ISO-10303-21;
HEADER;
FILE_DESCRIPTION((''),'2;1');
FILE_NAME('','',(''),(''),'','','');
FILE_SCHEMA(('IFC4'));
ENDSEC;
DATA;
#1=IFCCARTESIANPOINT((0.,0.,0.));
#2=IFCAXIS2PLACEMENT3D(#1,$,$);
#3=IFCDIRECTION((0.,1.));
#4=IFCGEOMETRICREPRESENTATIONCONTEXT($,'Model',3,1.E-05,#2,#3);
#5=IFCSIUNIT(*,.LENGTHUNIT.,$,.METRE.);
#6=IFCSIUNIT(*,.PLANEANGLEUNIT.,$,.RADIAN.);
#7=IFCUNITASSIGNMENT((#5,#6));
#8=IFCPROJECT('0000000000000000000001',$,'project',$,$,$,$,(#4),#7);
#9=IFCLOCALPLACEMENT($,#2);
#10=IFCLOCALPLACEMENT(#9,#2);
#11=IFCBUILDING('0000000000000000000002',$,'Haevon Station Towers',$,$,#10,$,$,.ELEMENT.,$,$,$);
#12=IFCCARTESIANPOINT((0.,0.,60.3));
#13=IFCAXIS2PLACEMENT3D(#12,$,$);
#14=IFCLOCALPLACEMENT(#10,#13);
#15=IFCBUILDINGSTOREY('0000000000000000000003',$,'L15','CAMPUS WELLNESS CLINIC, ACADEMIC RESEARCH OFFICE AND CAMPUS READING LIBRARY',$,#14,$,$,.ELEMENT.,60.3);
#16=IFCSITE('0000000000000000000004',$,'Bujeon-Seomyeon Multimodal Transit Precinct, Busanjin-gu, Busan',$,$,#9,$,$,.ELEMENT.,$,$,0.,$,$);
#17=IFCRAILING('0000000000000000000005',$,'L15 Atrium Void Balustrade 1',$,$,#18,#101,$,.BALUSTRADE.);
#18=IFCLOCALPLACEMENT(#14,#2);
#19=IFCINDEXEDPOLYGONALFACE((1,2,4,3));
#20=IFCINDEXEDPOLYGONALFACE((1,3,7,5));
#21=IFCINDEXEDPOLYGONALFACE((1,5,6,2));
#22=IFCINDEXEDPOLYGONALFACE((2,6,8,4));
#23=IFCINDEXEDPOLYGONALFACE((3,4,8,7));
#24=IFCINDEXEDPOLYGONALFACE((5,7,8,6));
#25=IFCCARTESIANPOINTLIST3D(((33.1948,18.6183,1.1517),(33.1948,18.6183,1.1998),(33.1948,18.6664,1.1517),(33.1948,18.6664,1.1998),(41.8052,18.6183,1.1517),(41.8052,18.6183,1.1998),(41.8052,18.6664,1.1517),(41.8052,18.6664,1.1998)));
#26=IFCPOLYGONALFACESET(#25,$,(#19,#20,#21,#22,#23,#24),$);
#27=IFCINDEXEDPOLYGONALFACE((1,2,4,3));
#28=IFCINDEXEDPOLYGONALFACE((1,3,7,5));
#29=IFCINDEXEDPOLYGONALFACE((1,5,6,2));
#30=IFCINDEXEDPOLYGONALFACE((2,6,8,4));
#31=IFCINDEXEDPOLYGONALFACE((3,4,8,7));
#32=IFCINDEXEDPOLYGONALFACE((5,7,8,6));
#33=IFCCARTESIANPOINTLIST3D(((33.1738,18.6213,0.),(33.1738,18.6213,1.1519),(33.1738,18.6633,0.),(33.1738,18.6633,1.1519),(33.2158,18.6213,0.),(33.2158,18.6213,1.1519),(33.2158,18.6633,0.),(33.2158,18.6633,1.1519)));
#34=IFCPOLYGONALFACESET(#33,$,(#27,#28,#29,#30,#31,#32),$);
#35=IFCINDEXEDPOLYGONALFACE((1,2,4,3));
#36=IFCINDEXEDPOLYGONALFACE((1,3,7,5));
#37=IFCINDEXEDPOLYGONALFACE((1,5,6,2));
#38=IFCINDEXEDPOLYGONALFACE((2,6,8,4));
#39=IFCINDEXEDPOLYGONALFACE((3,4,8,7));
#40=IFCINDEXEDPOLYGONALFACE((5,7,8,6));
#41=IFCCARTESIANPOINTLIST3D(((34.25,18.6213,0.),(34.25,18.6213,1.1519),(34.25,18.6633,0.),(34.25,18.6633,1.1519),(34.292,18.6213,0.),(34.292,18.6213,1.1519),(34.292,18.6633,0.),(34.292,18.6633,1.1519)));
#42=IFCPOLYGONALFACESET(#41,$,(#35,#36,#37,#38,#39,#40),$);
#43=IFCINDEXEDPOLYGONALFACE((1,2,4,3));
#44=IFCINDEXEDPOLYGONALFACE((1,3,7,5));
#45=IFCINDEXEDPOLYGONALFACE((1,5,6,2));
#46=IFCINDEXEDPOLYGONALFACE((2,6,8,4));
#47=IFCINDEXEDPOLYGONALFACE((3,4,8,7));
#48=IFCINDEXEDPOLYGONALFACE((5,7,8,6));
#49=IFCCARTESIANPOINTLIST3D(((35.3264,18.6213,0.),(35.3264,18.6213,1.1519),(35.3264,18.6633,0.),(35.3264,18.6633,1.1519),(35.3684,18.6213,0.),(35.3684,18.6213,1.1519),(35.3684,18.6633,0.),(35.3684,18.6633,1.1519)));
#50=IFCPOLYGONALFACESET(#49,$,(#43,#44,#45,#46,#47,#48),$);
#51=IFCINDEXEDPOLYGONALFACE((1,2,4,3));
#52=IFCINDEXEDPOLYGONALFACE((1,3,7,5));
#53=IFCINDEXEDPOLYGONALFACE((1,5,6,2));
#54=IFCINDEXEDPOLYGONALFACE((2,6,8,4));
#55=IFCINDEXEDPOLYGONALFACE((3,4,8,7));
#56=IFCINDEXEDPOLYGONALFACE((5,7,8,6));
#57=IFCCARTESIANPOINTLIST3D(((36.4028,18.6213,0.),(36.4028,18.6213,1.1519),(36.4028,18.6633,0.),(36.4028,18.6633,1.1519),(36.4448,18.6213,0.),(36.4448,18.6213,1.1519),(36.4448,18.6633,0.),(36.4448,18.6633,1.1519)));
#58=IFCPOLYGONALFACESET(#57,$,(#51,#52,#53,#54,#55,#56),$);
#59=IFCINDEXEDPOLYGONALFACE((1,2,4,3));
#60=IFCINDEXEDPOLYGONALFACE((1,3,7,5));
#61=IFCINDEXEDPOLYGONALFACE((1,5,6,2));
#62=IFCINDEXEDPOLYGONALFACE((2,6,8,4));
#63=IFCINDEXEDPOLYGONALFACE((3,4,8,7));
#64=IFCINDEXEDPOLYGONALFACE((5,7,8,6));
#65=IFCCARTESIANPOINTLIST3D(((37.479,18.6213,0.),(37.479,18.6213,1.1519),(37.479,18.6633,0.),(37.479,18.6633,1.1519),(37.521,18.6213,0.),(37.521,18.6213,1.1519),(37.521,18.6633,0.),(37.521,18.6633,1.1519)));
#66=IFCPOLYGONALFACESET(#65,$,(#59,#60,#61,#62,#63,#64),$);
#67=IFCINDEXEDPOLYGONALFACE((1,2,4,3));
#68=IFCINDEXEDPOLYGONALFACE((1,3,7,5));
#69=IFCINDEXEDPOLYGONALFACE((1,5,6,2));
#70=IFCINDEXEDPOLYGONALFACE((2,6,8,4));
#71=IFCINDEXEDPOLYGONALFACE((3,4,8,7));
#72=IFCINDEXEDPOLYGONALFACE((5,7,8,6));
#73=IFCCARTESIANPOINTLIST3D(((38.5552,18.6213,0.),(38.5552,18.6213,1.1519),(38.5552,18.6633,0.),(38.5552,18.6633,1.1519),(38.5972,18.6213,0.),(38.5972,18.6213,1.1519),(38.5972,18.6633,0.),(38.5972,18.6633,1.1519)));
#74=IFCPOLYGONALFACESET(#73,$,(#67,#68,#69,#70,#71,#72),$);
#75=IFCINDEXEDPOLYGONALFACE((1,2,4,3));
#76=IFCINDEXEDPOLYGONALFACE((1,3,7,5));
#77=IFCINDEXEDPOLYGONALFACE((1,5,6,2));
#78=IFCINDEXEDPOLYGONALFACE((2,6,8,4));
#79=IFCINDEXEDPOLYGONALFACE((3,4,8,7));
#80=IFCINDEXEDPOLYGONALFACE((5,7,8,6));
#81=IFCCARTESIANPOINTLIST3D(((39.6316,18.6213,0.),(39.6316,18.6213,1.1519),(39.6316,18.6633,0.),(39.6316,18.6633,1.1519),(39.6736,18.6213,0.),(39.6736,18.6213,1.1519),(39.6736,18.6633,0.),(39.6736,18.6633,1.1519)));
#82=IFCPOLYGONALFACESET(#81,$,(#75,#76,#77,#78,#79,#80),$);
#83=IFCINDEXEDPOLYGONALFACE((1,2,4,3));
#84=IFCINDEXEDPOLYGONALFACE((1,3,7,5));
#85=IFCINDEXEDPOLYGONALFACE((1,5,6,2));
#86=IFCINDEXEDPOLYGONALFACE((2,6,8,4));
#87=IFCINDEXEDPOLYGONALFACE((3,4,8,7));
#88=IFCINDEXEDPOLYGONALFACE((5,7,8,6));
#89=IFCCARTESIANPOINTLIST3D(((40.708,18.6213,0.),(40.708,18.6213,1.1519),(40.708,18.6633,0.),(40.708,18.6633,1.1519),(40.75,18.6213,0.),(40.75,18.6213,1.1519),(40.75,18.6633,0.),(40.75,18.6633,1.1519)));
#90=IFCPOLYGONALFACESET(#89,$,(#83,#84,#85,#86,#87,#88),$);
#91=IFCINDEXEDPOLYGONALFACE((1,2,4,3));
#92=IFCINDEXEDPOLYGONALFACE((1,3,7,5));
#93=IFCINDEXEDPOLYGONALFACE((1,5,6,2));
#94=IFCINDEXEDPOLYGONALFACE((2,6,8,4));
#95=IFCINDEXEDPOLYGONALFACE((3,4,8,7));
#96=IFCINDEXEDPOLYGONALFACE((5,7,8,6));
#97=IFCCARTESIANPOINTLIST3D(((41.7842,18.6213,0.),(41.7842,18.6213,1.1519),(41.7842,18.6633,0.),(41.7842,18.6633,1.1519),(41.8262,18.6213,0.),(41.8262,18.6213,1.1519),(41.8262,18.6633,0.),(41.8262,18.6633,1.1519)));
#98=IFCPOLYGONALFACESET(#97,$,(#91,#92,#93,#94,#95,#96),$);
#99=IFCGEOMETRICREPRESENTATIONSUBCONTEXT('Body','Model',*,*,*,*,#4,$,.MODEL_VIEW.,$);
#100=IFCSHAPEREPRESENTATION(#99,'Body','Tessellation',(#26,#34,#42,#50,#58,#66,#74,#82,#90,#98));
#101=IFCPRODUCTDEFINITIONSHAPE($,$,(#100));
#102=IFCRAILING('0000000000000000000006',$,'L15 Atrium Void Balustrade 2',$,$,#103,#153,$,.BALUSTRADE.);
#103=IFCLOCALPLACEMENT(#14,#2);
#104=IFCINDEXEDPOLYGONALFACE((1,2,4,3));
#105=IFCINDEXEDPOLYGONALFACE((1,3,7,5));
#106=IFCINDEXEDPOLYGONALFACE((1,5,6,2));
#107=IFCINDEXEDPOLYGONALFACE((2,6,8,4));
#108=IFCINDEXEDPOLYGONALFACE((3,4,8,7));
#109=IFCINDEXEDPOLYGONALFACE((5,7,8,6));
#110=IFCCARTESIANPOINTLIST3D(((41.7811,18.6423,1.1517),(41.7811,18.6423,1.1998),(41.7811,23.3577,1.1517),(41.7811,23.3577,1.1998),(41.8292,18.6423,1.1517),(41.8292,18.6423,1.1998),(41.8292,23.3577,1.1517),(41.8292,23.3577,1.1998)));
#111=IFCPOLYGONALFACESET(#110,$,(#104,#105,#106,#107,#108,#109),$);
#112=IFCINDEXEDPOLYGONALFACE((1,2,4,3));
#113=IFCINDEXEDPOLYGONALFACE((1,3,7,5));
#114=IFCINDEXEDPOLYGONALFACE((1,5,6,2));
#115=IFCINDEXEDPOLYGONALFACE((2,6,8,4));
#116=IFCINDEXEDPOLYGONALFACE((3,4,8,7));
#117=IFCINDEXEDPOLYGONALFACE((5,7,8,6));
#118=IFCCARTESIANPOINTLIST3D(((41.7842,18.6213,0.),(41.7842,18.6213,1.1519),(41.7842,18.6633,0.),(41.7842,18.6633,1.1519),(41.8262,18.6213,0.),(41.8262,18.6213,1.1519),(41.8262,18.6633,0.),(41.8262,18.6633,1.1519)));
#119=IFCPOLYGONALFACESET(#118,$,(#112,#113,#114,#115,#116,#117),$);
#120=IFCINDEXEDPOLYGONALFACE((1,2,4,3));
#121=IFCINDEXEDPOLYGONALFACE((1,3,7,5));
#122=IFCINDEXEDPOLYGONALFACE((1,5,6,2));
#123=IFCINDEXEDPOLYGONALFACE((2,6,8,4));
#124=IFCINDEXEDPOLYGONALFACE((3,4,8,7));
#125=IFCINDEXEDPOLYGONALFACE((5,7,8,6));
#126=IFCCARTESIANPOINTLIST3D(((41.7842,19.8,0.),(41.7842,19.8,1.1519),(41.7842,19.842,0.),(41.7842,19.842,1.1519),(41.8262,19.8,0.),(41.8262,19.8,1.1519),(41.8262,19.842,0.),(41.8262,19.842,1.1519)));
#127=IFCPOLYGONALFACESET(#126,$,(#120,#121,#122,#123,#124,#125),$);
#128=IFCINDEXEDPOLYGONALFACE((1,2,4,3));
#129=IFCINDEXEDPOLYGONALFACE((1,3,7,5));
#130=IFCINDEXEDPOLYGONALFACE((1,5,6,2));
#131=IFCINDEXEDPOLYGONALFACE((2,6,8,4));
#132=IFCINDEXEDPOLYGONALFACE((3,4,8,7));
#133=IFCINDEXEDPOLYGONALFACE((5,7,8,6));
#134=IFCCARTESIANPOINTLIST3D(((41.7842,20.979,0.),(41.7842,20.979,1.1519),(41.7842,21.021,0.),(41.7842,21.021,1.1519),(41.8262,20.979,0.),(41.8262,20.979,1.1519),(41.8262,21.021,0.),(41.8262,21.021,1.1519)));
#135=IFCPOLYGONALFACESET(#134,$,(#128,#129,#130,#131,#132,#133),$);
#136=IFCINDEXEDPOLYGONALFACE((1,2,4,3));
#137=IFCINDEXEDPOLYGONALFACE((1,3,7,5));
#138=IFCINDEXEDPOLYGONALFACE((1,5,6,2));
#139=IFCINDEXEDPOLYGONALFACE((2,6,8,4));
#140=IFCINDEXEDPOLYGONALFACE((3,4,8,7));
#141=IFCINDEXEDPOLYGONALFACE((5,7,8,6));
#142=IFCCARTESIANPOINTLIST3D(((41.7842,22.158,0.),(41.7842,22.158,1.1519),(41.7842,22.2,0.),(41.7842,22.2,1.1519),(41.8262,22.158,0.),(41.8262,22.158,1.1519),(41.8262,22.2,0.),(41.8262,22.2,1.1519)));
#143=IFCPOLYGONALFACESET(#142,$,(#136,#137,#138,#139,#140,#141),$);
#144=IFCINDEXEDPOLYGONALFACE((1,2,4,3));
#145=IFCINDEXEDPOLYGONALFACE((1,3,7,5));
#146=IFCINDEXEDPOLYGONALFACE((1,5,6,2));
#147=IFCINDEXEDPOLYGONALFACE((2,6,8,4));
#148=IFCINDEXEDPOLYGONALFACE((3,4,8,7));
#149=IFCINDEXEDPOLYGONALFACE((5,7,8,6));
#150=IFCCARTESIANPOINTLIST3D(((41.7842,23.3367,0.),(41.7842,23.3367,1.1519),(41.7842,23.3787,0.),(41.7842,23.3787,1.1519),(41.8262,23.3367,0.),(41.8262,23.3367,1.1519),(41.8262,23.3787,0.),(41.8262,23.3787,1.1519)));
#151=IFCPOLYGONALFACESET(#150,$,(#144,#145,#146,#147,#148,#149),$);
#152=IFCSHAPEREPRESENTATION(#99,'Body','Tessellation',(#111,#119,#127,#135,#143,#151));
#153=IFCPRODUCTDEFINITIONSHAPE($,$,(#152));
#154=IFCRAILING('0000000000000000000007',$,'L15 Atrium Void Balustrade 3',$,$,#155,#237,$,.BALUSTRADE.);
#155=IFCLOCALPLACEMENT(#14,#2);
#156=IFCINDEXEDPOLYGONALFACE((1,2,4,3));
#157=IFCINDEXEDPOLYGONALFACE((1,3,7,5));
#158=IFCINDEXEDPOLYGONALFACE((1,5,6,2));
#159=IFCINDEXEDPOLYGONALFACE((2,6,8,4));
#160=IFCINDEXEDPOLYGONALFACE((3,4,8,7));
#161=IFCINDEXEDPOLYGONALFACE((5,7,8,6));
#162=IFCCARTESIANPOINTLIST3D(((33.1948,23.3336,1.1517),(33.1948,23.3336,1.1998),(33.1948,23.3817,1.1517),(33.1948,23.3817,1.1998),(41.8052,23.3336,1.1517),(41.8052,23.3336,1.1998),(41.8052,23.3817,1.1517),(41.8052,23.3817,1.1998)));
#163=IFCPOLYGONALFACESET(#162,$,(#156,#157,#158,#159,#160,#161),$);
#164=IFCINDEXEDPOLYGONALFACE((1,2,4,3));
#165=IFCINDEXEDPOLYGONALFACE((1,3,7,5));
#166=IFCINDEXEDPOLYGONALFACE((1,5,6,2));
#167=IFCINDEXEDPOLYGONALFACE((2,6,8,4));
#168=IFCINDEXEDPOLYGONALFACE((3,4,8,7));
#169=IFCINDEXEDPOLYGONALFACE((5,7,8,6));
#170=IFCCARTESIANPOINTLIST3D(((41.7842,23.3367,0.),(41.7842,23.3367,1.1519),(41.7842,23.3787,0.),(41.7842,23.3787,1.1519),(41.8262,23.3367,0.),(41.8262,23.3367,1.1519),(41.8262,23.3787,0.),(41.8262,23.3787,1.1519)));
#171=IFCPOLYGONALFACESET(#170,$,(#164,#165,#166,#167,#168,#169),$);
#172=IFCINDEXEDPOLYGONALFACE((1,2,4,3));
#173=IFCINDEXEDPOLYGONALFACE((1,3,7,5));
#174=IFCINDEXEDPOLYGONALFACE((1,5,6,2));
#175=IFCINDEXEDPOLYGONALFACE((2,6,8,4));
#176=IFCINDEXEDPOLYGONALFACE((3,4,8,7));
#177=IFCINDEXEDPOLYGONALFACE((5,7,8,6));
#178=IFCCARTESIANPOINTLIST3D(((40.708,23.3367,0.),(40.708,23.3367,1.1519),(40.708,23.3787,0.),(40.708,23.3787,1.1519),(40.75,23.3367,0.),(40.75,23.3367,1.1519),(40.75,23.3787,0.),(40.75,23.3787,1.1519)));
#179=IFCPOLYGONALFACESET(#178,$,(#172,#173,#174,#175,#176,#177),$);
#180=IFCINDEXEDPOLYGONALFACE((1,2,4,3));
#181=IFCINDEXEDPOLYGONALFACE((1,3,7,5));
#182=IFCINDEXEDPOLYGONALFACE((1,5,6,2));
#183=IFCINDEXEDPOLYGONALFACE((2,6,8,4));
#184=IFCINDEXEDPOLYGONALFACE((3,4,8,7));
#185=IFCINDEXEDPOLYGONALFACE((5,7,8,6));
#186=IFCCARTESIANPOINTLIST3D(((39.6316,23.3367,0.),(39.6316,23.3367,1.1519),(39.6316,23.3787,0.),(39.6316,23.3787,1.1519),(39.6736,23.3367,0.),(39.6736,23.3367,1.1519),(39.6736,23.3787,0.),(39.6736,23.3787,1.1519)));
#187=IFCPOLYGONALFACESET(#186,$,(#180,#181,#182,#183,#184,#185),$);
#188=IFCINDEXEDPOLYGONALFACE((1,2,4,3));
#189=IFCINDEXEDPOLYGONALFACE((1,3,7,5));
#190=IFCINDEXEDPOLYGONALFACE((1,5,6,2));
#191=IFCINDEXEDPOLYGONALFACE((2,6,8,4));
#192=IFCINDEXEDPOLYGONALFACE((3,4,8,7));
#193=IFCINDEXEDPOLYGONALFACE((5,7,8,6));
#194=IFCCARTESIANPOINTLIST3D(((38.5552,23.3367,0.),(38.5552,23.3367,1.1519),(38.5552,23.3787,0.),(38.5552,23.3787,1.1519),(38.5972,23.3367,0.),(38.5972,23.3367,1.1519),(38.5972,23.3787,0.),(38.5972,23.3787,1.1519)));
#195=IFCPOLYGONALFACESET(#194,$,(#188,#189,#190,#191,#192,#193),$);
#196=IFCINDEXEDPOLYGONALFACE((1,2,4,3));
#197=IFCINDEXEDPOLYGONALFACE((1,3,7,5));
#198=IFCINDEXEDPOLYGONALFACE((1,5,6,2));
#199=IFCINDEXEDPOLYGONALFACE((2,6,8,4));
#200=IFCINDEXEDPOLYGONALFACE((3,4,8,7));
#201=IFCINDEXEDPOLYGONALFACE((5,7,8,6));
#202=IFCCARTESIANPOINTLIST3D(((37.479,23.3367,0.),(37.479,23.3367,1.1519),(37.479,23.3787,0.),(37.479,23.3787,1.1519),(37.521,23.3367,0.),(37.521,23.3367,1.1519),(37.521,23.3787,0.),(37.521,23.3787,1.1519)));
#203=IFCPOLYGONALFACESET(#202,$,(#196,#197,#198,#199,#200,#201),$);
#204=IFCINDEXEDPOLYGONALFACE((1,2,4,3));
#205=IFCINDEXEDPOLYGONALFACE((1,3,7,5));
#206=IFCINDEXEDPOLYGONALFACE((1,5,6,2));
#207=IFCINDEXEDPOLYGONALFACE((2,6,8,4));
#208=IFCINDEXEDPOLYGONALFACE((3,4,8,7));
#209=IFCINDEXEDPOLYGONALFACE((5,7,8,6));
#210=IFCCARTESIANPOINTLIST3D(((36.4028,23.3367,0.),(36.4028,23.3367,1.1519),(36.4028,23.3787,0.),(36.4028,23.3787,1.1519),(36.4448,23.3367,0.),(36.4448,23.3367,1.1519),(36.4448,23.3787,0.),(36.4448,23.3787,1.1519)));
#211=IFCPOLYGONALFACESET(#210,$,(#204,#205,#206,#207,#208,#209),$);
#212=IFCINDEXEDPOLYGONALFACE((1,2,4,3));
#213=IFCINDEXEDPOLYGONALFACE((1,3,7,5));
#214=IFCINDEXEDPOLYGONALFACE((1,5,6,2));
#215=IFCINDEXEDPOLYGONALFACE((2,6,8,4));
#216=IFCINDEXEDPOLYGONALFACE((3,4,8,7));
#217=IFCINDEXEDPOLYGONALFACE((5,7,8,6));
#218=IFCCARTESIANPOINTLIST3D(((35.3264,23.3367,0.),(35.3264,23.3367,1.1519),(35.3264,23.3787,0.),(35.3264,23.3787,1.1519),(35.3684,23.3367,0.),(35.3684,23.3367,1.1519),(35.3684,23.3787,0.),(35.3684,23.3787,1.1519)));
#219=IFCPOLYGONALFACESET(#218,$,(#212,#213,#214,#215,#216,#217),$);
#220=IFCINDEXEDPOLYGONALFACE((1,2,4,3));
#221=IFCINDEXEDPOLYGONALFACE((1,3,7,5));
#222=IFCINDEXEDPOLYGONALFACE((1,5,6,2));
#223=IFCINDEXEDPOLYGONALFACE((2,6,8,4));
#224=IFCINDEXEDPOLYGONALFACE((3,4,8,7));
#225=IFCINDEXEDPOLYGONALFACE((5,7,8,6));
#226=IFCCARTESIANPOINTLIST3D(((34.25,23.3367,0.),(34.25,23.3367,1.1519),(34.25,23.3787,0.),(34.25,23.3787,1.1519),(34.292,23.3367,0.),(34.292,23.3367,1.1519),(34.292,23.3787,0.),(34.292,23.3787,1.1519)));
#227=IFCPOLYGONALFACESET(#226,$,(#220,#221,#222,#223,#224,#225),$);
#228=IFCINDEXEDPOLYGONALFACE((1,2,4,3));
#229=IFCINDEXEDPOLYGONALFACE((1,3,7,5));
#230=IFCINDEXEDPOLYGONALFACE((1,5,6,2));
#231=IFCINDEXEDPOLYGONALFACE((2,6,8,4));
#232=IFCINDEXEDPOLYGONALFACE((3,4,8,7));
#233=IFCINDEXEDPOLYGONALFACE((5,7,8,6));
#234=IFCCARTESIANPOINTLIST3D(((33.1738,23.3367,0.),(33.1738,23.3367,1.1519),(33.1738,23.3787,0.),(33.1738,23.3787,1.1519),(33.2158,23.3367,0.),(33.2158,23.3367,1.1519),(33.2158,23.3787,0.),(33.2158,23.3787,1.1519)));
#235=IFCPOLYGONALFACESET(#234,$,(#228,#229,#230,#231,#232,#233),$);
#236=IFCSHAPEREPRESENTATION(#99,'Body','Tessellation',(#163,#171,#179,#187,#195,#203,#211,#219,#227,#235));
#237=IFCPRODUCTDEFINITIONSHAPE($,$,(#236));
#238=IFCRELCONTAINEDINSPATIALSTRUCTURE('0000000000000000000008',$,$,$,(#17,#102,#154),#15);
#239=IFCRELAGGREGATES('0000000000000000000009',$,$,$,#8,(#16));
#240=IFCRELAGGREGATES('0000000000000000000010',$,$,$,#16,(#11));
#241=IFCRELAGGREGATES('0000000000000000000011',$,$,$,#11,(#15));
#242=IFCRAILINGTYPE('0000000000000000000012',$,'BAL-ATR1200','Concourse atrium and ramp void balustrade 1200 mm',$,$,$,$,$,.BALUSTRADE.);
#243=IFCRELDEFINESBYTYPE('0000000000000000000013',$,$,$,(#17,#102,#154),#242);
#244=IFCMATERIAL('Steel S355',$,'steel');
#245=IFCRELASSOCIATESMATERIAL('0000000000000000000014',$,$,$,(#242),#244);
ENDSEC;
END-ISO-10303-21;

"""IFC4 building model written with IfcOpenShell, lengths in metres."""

from ifc_helpers import new_model, si_unit, direction, frame, origin, origin_2d, place, context, subcontext, project, spatial, rectangle, extrude, material, type_object, element, save


model = new_model("IFC4")

# Units and contexts
model_context = context("Model", 3, precision=1e-05, world=origin(), true_north=direction((0.0, 1.0)))
body_context = subcontext(model_context, "Body", "Model", "MODEL_VIEW")
ifc_project = project(units=[si_unit("LENGTHUNIT", "METRE"), si_unit("PLANEANGLEUNIT", "RADIAN")], contexts=[model_context])

# Site, building, storey
site_placement = place(None, origin())
site = spatial("IfcSite", under=ifc_project, at=site_placement, Name="Bujeon-Seomyeon Multimodal Transit Precinct, Busanjin-gu, Busan", CompositionType="ELEMENT", RefElevation=0.0)
building_placement = place(site_placement, origin())
building = spatial("IfcBuilding", under=site, at=building_placement, Name="Haevon Station Towers", CompositionType="ELEMENT")
storey_placement = place(building_placement, frame((0.0, 0.0, 60.3)))
storey = spatial("IfcBuildingStorey", under=building, at=storey_placement, Name="L15", Description="CAMPUS WELLNESS CLINIC, ACADEMIC RESEARCH OFFICE AND CAMPUS READING LIBRARY", CompositionType="ELEMENT", Elevation=60.3)

# Shared definitions
ifc_material_1 = material(Name="Steel S355", Category="steel")

# Railings
railing_type_1 = type_object("IfcRailingType", Name="BAL-ATR1200", Description="Concourse atrium and ramp void balustrade 1200 mm", PredefinedType="BALUSTRADE", material=ifc_material_1)
railing_1_placement = place(storey_placement, frame((33.1948, 18.6423, 0.0)))
element("IfcRailing", 1, at=railing_1_placement, inside=storey, type_object=railing_type_1, Name="L15 Atrium Void Balustrade 1", PredefinedType="BALUSTRADE", context=body_context, shape_type="SweptSolid", body=[
    extrude(rectangle(XDim=0.0481, YDim=0.0481, at=origin_2d()), frame((0.0, 0.0, 1.1758), z_axis=(1.0, 0.0, 0.0), x_axis=(0.0, 1.0, 0.0)), (0.0, 0.0, 1.0), 8.6104),
    extrude(rectangle(XDim=0.042, YDim=0.042, at=origin_2d()), origin(), (0.0, 0.0, 1.0), 1.1519),
    extrude(rectangle(XDim=0.042, YDim=0.042, at=origin_2d()), frame((1.0762, 0.0, 0.0)), (0.0, 0.0, 1.0), 1.1519),
    extrude(rectangle(XDim=0.042, YDim=0.042, at=origin_2d()), frame((2.1526, 0.0, 0.0)), (0.0, 0.0, 1.0), 1.1519),
    extrude(rectangle(XDim=0.042, YDim=0.042, at=origin_2d()), frame((3.229, 0.0, 0.0)), (0.0, 0.0, 1.0), 1.1519),
    extrude(rectangle(XDim=0.042, YDim=0.042, at=origin_2d()), frame((4.3052, 0.0, 0.0)), (0.0, 0.0, 1.0), 1.1519),
    extrude(rectangle(XDim=0.042, YDim=0.042, at=origin_2d()), frame((5.3813, 0.0, 0.0)), (0.0, 0.0, 1.0), 1.1519),
    extrude(rectangle(XDim=0.042, YDim=0.042, at=origin_2d()), frame((6.4578, 0.0, 0.0)), (0.0, 0.0, 1.0), 1.1519),
    extrude(rectangle(XDim=0.042, YDim=0.042, at=origin_2d()), frame((7.5342, 0.0, 0.0)), (0.0, 0.0, 1.0), 1.1519),
    extrude(rectangle(XDim=0.042, YDim=0.042, at=origin_2d()), frame((8.6104, 0.0, 0.0)), (0.0, 0.0, 1.0), 1.1519),
])
railing_2_placement = place(storey_placement, frame((41.8052, 18.6423, 0.0)))
element("IfcRailing", 2, at=railing_2_placement, inside=storey, type_object=railing_type_1, Name="L15 Atrium Void Balustrade 2", PredefinedType="BALUSTRADE", context=body_context, shape_type="SweptSolid", body=[
    extrude(rectangle(XDim=0.0481, YDim=0.0481, at=origin_2d()), frame((0.0, 0.0, 1.1758), z_axis=(0.0, 1.0, 0.0), x_axis=(-1.0, 0.0, 0.0)), (0.0, 0.0, 1.0), 4.7153),
    extrude(rectangle(XDim=0.042, YDim=0.042, at=origin_2d()), origin(), (0.0, 0.0, 1.0), 1.1519),
    extrude(rectangle(XDim=0.042, YDim=0.042, at=origin_2d()), frame((0.0, 1.1787, 0.0)), (0.0, 0.0, 1.0), 1.1519),
    extrude(rectangle(XDim=0.042, YDim=0.042, at=origin_2d()), frame((0.0, 2.3577, 0.0)), (0.0, 0.0, 1.0), 1.1519),
    extrude(rectangle(XDim=0.042, YDim=0.042, at=origin_2d()), frame((0.0, 3.5366, 0.0)), (0.0, 0.0, 1.0), 1.1519),
    extrude(rectangle(XDim=0.042, YDim=0.042, at=origin_2d()), frame((0.0, 4.7153, 0.0)), (0.0, 0.0, 1.0), 1.1519),
])
railing_3_placement = place(storey_placement, frame((41.8052, 23.3577, 0.0)))
element("IfcRailing", 3, at=railing_3_placement, inside=storey, type_object=railing_type_1, Name="L15 Atrium Void Balustrade 3", PredefinedType="BALUSTRADE", context=body_context, shape_type="SweptSolid", body=[
    extrude(rectangle(XDim=0.0481, YDim=0.0481, at=origin_2d()), frame((0.0, 0.0, 1.1758), z_axis=(-1.0, 0.0, 0.0), x_axis=(0.0, -1.0, 0.0)), (0.0, 0.0, 1.0), 8.6104),
    extrude(rectangle(XDim=0.042, YDim=0.042, at=origin_2d()), origin(), (0.0, 0.0, 1.0), 1.1519),
    extrude(rectangle(XDim=0.042, YDim=0.042, at=origin_2d()), frame((-1.0762, 0.0, 0.0)), (0.0, 0.0, 1.0), 1.1519),
    extrude(rectangle(XDim=0.042, YDim=0.042, at=origin_2d()), frame((-2.1526, 0.0, 0.0)), (0.0, 0.0, 1.0), 1.1519),
    extrude(rectangle(XDim=0.042, YDim=0.042, at=origin_2d()), frame((-3.229, 0.0, 0.0)), (0.0, 0.0, 1.0), 1.1519),
    extrude(rectangle(XDim=0.042, YDim=0.042, at=origin_2d()), frame((-4.3052, 0.0, 0.0)), (0.0, 0.0, 1.0), 1.1519),
    extrude(rectangle(XDim=0.042, YDim=0.042, at=origin_2d()), frame((-5.3813, 0.0, 0.0)), (0.0, 0.0, 1.0), 1.1519),
    extrude(rectangle(XDim=0.042, YDim=0.042, at=origin_2d()), frame((-6.4578, 0.0, 0.0)), (0.0, 0.0, 1.0), 1.1519),
    extrude(rectangle(XDim=0.042, YDim=0.042, at=origin_2d()), frame((-7.5342, 0.0, 0.0)), (0.0, 0.0, 1.0), 1.1519),
    extrude(rectangle(XDim=0.042, YDim=0.042, at=origin_2d()), frame((-8.6104, 0.0, 0.0)), (0.0, 0.0, 1.0), 1.1519),
])

save(model, "model.ifc")
